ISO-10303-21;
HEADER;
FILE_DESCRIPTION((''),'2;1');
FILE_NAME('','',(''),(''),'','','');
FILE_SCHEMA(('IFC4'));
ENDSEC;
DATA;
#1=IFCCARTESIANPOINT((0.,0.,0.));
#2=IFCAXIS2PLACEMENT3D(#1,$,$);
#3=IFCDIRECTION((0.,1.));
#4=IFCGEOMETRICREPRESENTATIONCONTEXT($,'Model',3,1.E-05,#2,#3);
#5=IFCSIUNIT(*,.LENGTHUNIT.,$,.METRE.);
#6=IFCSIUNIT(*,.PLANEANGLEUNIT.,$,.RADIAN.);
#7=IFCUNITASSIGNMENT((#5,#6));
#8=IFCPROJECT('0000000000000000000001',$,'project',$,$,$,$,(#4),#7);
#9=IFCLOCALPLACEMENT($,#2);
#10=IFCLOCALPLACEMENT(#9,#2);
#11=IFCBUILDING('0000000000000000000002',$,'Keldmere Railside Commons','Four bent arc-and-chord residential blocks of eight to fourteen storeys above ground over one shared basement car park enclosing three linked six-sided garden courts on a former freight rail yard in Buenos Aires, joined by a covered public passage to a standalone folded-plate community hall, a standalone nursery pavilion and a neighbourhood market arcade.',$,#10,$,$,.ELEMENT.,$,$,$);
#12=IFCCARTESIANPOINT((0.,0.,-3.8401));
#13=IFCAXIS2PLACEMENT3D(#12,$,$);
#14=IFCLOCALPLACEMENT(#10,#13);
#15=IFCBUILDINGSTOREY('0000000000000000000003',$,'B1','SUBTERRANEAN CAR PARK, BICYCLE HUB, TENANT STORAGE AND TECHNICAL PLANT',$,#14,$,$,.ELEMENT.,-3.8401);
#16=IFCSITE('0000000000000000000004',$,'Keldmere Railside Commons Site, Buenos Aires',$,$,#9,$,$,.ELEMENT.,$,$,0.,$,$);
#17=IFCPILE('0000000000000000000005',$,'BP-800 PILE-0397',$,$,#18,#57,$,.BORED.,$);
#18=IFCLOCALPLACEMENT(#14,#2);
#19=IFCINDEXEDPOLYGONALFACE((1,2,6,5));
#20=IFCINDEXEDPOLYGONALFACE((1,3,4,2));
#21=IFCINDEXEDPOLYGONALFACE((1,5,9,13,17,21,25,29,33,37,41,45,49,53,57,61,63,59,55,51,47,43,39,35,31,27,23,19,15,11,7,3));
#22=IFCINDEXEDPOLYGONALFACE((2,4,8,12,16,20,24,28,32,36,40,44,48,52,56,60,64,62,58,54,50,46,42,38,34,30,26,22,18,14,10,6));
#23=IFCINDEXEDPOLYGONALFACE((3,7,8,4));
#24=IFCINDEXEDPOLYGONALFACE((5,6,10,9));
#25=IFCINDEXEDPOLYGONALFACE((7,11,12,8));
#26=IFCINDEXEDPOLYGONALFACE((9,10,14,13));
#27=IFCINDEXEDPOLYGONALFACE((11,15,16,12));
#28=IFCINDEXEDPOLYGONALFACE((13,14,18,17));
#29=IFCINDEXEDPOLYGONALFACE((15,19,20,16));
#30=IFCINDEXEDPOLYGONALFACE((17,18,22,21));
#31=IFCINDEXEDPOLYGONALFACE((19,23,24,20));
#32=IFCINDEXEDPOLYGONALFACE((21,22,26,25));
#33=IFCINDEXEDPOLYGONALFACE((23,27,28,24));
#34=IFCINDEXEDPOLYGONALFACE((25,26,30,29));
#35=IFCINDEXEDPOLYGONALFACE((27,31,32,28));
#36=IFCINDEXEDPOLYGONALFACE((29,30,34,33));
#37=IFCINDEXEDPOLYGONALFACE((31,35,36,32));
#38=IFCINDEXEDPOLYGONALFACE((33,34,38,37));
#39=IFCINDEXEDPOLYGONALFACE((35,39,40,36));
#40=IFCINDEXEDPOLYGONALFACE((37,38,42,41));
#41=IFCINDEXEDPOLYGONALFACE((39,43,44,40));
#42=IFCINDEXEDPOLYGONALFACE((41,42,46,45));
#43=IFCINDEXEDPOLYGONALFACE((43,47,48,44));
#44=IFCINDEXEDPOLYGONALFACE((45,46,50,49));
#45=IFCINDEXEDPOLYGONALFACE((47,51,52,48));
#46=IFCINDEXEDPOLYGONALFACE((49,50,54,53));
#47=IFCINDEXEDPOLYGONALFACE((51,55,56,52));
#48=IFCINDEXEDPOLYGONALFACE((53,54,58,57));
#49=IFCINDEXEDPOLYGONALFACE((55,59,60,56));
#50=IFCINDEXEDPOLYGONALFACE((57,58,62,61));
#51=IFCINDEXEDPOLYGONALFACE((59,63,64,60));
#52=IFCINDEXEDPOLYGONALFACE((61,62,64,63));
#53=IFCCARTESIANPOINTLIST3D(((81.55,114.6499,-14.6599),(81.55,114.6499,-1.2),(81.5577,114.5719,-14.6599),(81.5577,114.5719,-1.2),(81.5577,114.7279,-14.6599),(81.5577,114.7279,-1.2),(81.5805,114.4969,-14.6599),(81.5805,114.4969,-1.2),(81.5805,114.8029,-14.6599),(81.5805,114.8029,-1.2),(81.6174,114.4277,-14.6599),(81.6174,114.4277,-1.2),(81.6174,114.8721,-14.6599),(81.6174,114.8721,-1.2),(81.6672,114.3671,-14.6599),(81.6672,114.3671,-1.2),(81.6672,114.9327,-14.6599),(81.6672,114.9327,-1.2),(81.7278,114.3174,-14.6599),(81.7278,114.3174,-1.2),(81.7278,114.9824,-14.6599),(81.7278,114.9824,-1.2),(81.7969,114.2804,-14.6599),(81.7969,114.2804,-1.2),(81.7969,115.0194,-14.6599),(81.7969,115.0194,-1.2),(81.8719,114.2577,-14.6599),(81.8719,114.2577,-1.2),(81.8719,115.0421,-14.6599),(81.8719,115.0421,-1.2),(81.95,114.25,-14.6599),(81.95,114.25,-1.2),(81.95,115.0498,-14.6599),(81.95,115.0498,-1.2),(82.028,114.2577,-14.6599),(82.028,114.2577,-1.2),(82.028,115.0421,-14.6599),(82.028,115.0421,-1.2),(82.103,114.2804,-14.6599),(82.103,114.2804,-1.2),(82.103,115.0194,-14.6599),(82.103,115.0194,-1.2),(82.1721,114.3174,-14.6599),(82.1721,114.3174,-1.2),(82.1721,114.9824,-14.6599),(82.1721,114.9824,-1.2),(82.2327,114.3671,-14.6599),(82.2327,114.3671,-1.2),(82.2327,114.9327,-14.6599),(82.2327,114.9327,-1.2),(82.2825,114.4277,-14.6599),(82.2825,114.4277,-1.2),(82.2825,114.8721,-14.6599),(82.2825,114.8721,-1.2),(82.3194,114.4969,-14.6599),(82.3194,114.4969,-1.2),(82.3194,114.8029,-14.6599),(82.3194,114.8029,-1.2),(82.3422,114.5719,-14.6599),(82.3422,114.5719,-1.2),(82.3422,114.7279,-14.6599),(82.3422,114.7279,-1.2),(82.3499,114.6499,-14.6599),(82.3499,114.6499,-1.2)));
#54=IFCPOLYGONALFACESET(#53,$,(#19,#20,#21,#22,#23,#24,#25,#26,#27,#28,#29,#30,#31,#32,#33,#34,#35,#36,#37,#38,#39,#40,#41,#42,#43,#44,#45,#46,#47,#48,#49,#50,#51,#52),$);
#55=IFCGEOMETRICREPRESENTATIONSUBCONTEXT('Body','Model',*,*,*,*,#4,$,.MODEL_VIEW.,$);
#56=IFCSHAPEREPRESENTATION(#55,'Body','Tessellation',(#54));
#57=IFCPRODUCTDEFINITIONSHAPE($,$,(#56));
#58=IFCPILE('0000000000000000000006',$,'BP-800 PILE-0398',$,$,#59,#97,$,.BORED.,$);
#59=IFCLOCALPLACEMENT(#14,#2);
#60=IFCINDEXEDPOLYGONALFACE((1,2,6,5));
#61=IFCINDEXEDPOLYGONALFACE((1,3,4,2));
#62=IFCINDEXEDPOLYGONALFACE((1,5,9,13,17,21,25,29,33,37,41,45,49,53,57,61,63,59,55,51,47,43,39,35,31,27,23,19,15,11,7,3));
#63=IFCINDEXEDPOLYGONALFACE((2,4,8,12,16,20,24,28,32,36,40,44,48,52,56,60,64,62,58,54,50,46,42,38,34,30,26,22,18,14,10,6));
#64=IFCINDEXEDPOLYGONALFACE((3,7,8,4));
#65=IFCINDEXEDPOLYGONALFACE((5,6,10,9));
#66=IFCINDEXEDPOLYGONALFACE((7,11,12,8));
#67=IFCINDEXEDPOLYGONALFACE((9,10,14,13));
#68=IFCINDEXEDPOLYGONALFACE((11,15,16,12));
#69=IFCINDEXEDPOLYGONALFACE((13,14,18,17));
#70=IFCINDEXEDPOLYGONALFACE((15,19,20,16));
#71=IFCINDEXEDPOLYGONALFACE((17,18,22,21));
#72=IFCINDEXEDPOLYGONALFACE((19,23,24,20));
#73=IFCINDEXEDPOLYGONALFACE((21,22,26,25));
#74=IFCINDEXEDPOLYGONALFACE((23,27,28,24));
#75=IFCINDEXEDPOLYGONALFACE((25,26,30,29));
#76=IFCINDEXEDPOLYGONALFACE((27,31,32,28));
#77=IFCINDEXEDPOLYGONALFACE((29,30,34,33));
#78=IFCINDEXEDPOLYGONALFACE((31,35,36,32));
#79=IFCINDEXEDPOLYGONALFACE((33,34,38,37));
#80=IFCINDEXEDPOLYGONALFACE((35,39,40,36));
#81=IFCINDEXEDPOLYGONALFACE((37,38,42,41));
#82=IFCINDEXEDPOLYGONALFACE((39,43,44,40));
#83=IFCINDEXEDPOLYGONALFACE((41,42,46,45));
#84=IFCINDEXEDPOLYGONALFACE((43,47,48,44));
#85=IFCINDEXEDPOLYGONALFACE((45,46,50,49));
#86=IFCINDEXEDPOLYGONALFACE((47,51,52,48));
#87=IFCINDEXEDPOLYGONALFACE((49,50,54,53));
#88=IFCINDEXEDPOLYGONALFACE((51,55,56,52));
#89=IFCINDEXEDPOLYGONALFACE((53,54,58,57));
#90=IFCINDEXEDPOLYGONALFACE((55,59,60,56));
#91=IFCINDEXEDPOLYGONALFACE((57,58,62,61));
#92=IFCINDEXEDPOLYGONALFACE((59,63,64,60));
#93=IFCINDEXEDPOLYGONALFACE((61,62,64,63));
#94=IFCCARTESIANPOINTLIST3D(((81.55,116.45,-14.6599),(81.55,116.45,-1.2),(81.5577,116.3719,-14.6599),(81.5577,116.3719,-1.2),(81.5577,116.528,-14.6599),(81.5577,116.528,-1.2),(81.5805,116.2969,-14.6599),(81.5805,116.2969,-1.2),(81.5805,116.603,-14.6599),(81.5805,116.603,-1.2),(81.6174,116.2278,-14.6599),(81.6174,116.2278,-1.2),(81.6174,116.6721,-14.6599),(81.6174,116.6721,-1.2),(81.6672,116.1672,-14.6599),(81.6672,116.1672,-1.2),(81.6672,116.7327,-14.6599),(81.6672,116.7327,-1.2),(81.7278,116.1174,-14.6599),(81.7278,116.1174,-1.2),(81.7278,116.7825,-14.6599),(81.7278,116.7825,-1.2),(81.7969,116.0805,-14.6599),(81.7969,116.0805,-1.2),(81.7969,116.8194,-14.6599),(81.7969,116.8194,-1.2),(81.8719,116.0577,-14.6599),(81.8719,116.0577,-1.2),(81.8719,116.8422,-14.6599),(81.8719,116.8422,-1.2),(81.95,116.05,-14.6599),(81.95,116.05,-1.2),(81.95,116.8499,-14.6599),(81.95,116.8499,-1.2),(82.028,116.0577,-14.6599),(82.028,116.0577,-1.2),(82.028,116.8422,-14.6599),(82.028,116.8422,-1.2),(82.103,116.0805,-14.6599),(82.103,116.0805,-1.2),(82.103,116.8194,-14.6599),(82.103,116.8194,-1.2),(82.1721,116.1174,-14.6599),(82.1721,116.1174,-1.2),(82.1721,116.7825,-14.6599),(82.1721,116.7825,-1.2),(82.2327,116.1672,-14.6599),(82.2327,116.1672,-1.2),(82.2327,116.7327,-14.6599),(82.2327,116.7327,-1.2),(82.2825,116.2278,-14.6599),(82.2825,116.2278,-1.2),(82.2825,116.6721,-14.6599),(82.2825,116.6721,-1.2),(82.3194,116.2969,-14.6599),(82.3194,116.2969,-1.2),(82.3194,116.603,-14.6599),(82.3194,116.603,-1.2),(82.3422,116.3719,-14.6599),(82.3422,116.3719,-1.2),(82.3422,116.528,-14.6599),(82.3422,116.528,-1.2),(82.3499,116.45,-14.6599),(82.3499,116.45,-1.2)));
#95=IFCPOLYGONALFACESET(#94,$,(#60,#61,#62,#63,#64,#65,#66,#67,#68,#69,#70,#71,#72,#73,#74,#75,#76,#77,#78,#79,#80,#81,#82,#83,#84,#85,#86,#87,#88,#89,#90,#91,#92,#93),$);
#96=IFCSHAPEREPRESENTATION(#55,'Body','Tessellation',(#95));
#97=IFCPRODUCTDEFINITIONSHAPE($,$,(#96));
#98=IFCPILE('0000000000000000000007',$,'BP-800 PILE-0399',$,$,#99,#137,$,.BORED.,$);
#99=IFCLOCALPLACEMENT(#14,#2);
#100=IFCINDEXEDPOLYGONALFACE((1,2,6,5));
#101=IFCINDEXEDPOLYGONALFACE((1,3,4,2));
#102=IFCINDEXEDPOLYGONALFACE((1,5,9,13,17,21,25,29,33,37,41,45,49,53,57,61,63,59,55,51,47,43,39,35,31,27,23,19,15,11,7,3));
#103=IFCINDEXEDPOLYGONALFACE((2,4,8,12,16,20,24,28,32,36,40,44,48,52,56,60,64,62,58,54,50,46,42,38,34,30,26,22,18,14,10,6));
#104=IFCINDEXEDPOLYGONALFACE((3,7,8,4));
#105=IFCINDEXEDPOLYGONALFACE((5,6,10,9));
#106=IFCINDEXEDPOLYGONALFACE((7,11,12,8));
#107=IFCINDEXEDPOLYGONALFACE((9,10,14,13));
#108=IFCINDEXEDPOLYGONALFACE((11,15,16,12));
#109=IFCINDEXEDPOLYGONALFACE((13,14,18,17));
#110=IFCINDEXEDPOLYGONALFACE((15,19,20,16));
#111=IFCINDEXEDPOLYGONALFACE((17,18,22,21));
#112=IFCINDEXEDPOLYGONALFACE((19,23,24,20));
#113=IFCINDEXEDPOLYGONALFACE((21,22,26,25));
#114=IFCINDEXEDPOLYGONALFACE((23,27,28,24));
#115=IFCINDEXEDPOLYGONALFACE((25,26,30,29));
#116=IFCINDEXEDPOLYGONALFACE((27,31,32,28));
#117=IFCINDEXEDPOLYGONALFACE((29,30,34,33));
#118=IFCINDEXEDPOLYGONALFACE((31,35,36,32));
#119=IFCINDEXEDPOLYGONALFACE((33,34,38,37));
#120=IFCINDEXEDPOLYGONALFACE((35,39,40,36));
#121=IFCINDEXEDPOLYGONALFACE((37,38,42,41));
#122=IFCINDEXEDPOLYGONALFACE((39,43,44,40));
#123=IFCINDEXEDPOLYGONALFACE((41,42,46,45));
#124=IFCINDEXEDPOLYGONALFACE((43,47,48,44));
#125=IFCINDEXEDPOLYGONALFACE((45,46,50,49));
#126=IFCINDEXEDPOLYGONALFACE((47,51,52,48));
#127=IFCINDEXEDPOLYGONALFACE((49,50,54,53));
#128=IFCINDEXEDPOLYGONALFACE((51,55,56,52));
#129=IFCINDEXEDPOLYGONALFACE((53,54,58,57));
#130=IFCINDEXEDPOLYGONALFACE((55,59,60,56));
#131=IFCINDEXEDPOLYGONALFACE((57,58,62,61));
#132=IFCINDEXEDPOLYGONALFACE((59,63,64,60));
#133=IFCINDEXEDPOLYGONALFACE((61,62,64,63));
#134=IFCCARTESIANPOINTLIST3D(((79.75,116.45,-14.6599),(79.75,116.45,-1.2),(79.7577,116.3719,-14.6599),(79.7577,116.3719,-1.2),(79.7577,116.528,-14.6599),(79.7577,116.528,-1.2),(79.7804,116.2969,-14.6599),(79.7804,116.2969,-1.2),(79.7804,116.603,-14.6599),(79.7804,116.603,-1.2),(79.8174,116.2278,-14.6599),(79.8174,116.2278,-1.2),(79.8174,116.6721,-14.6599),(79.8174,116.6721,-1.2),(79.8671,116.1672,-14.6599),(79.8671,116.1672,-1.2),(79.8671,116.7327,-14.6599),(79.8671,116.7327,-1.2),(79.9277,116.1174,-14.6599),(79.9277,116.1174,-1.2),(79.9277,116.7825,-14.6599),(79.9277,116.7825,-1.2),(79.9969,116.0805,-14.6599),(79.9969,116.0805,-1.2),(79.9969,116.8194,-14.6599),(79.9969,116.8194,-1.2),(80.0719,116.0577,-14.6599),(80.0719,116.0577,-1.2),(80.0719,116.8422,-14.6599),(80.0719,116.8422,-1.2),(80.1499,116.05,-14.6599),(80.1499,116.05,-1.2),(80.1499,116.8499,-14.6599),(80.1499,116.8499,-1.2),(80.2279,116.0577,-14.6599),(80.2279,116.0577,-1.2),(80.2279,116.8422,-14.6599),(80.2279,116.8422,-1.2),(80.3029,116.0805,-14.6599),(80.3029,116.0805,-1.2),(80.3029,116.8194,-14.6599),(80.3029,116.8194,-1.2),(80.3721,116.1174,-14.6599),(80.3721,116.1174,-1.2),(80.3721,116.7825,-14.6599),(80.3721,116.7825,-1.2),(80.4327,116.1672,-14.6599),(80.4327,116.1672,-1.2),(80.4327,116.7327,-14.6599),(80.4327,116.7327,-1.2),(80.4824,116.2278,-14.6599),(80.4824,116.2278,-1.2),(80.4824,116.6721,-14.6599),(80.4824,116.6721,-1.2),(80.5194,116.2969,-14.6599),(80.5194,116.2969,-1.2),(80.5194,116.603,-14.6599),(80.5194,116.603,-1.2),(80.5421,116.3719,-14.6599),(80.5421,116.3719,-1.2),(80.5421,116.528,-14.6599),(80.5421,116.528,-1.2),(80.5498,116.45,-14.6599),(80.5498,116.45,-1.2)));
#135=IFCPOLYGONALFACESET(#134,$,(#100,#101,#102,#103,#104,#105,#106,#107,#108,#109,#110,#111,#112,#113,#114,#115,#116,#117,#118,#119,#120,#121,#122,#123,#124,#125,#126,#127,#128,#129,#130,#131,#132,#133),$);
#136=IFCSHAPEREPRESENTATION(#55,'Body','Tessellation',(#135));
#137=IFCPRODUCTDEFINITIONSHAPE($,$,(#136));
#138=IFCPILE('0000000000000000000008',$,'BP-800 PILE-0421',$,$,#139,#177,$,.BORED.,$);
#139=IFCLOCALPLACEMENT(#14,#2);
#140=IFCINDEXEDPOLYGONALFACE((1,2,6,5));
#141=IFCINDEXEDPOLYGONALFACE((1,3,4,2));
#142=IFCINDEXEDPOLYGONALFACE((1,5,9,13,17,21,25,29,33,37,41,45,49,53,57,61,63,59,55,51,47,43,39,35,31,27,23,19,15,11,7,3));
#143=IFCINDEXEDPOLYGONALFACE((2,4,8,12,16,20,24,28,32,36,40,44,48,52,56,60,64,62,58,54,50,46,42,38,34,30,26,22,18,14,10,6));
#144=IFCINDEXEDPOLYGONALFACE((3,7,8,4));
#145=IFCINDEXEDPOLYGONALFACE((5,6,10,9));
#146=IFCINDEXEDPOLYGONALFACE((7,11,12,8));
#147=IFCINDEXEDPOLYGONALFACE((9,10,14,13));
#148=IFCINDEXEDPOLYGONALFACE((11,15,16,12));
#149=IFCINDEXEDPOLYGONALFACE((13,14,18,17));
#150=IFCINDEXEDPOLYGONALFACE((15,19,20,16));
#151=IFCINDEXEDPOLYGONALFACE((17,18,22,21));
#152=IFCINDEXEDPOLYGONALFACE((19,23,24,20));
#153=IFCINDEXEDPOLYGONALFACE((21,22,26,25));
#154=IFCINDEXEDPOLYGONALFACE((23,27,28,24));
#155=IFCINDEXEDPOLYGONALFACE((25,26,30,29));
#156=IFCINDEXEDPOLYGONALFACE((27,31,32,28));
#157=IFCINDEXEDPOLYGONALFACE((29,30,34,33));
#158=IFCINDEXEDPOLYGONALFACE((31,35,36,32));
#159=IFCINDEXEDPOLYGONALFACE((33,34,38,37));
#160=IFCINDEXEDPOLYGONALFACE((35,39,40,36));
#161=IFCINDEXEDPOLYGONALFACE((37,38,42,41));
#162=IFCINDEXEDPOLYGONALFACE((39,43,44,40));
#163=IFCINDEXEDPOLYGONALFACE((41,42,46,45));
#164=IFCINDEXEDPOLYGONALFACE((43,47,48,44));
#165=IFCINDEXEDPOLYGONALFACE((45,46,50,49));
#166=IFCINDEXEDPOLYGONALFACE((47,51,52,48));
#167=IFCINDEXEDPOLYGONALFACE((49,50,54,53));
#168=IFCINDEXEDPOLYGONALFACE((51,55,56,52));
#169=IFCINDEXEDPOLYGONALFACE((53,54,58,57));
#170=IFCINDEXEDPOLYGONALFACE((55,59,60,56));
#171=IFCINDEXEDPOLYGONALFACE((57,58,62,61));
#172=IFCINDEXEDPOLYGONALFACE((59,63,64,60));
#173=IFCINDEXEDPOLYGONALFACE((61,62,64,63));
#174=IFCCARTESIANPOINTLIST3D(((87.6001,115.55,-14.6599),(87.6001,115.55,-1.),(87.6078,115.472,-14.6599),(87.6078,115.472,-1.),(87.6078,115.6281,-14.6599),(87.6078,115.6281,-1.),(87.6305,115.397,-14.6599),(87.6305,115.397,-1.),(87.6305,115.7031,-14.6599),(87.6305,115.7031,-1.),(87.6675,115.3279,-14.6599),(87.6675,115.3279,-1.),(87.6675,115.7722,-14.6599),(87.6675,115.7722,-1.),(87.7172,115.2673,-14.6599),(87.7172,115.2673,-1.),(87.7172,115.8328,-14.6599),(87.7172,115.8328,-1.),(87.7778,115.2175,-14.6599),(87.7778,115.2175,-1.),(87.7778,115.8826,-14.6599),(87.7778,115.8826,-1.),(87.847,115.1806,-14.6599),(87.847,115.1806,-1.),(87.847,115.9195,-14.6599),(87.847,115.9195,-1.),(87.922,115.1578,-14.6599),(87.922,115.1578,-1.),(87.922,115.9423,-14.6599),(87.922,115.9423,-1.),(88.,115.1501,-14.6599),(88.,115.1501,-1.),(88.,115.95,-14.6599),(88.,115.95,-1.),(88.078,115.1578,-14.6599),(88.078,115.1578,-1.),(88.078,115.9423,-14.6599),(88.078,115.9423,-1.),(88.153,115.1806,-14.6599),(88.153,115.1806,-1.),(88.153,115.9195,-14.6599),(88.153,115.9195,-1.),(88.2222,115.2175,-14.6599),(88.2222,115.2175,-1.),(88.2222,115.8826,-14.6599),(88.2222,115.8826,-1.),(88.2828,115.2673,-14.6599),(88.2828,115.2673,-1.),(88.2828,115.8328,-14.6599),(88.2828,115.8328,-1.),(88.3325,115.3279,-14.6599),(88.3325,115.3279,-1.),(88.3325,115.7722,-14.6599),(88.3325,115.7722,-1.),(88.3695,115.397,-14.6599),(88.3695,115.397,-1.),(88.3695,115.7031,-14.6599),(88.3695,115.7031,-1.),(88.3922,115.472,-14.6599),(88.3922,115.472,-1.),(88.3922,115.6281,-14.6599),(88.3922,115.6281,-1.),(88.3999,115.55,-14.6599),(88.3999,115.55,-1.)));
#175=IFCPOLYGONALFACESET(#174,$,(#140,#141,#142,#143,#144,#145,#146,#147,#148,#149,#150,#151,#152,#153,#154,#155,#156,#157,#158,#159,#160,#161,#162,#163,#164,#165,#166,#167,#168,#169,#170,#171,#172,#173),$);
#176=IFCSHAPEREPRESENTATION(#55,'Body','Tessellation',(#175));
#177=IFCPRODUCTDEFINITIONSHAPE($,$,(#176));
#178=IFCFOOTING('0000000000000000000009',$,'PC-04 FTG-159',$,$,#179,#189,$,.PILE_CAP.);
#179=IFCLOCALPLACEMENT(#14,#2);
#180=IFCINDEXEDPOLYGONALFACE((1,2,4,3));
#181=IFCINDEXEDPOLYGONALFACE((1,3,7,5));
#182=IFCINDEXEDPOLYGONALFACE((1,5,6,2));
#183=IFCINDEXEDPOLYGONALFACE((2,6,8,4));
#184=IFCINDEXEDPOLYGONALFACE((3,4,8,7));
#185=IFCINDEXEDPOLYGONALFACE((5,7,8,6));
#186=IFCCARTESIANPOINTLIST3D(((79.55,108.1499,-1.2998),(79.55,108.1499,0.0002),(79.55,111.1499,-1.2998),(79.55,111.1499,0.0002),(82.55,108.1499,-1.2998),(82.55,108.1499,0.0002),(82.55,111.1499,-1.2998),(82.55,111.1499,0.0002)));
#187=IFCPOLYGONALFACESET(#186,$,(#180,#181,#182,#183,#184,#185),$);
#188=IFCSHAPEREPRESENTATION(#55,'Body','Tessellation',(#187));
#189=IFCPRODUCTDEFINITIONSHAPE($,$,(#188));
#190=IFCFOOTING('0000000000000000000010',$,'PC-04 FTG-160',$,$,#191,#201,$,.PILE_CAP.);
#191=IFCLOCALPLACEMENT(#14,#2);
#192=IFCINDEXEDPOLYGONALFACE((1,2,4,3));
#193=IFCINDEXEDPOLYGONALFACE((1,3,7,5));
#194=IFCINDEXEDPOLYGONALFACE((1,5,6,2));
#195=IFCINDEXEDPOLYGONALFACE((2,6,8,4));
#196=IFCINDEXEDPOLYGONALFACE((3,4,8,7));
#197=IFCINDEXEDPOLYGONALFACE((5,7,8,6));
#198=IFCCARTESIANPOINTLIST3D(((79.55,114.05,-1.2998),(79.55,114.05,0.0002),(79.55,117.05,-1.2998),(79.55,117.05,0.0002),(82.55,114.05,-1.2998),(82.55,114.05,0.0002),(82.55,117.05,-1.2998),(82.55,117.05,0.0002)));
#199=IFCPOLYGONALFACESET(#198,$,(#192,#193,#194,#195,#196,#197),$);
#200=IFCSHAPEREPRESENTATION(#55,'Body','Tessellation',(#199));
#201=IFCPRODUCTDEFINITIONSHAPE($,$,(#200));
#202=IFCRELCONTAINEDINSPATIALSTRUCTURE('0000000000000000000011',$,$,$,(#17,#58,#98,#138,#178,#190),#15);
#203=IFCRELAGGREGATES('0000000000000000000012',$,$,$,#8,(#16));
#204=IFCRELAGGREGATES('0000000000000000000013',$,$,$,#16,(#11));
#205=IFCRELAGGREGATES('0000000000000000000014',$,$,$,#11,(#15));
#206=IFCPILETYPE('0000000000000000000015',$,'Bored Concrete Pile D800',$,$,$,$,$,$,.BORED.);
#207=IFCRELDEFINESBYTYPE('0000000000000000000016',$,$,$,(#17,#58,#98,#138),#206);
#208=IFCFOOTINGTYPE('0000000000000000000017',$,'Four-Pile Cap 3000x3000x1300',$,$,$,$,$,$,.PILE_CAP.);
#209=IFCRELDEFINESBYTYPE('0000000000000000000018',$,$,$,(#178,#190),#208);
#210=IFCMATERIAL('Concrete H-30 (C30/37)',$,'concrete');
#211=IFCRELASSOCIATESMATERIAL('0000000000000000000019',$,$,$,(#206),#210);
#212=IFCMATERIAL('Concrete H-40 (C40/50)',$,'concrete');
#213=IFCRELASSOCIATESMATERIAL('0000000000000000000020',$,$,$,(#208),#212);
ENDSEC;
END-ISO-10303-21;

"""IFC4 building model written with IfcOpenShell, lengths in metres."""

from ifc_helpers import new_model, si_unit, direction, frame, origin, origin_2d, place, context, subcontext, project, spatial, rectangle, circle, extrude, material, material_profile, profile_set, type_object, element, save


model = new_model("IFC4")

# Units and contexts
model_context = context("Model", 3, precision=1e-05, world=origin(), true_north=direction((0.0, 1.0)))
body_context = subcontext(model_context, "Body", "Model", "MODEL_VIEW")
ifc_project = project(units=[si_unit("LENGTHUNIT", "METRE"), si_unit("PLANEANGLEUNIT", "RADIAN")], contexts=[model_context])

# Site, building, storey
site_placement = place(None, origin())
site = spatial("IfcSite", under=ifc_project, at=site_placement, Name="Keldmere Railside Commons Site, Buenos Aires", CompositionType="ELEMENT", RefElevation=0.0)
building_placement = place(site_placement, origin())
building = spatial("IfcBuilding", under=site, at=building_placement, Name="Keldmere Railside Commons", Description="Four bent arc-and-chord residential blocks of eight to fourteen storeys above ground over one shared basement car park enclosing three linked six-sided garden courts on a former freight rail yard in Buenos Aires, joined by a covered public passage to a standalone folded-plate community hall, a standalone nursery pavilion and a neighbourhood market arcade.", CompositionType="ELEMENT")
storey_placement = place(building_placement, frame((0.0, 0.0, -3.8401)))
storey = spatial("IfcBuildingStorey", under=building, at=storey_placement, Name="B1", Description="SUBTERRANEAN CAR PARK, BICYCLE HUB, TENANT STORAGE AND TECHNICAL PLANT", CompositionType="ELEMENT", Elevation=-3.8401)

# Piles
ifc_material_1 = material(Name="Concrete H-30 (C30/37)", Category="concrete")
ifc_material_profile_1 = material_profile(ifc_material_1, circle(Radius=0.3999, at=origin_2d()), Name="PILE-D800")
ifc_profile_set_1 = profile_set([ifc_material_profile_1], Name="Concrete H-30 (C30/37)")
pile_type = type_object("IfcPileType", Name="Bored Concrete Pile D800", PredefinedType="BORED", material=ifc_profile_set_1)
for number, where, z_axis, x_axis, name in (
    (1, (81.95, 114.6499, -1.2), (0.0, 0.0, -1.0), (1.0, 0.0, 0.0), "BP-800 PILE-0397"),
    (2, (81.95, 116.45, -1.2), (0.0, 0.0, -1.0), (1.0, 0.0, 0.0), "BP-800 PILE-0398"),
    (3, (80.1499, 116.45, -1.2), (0.0, 0.0, -1.0), (1.0, 0.0, 0.0), "BP-800 PILE-0399"),
):
    element("IfcPile", number, at=place(storey_placement, frame(where, z_axis=z_axis, x_axis=x_axis)), inside=storey, type_object=pile_type, Name=name, PredefinedType="BORED", context=body_context, shape_type="SweptSolid", body=[
        extrude(circle(Radius=0.3999, at=origin_2d()), origin(), (0.0, 0.0, 1.0), 13.46),
    ])
pile_placement = place(storey_placement, frame((88.0, 115.55, -1.0), z_axis=(0.0, 0.0, -1.0), x_axis=(1.0, 0.0, 0.0)))
element("IfcPile", 4, at=pile_placement, inside=storey, type_object=pile_type, Name="BP-800 PILE-0421", PredefinedType="BORED", context=body_context, shape_type="SweptSolid", body=[
    extrude(circle(Radius=0.3999, at=origin_2d()), origin(), (0.0, 0.0, 1.0), 13.6599),
])

# Footings
ifc_material_2 = material(Name="Concrete H-40 (C40/50)", Category="concrete")
footing_type_1 = type_object("IfcFootingType", Name="Four-Pile Cap 3000x3000x1300", PredefinedType="PILE_CAP", material=ifc_material_2)
for number, where, z_axis, x_axis, name in (
    (5, (81.05, 109.6499, -1.2998), (0.0, 0.0, 1.0), (1.0, 0.0, 0.0), "PC-04 FTG-159"),
    (6, (81.05, 115.55, -1.2998), (0.0, 0.0, 1.0), (1.0, 0.0, 0.0), "PC-04 FTG-160"),
):
    element("IfcFooting", number, at=place(storey_placement, frame(where, z_axis=z_axis, x_axis=x_axis)), inside=storey, type_object=footing_type_1, Name=name, PredefinedType="PILE_CAP", context=body_context, shape_type="SweptSolid", body=[
        extrude(rectangle(XDim=3.0, YDim=3.0, at=origin_2d()), origin(), (0.0, 0.0, 1.0), 1.3),
    ])

save(model, "model.ifc")
